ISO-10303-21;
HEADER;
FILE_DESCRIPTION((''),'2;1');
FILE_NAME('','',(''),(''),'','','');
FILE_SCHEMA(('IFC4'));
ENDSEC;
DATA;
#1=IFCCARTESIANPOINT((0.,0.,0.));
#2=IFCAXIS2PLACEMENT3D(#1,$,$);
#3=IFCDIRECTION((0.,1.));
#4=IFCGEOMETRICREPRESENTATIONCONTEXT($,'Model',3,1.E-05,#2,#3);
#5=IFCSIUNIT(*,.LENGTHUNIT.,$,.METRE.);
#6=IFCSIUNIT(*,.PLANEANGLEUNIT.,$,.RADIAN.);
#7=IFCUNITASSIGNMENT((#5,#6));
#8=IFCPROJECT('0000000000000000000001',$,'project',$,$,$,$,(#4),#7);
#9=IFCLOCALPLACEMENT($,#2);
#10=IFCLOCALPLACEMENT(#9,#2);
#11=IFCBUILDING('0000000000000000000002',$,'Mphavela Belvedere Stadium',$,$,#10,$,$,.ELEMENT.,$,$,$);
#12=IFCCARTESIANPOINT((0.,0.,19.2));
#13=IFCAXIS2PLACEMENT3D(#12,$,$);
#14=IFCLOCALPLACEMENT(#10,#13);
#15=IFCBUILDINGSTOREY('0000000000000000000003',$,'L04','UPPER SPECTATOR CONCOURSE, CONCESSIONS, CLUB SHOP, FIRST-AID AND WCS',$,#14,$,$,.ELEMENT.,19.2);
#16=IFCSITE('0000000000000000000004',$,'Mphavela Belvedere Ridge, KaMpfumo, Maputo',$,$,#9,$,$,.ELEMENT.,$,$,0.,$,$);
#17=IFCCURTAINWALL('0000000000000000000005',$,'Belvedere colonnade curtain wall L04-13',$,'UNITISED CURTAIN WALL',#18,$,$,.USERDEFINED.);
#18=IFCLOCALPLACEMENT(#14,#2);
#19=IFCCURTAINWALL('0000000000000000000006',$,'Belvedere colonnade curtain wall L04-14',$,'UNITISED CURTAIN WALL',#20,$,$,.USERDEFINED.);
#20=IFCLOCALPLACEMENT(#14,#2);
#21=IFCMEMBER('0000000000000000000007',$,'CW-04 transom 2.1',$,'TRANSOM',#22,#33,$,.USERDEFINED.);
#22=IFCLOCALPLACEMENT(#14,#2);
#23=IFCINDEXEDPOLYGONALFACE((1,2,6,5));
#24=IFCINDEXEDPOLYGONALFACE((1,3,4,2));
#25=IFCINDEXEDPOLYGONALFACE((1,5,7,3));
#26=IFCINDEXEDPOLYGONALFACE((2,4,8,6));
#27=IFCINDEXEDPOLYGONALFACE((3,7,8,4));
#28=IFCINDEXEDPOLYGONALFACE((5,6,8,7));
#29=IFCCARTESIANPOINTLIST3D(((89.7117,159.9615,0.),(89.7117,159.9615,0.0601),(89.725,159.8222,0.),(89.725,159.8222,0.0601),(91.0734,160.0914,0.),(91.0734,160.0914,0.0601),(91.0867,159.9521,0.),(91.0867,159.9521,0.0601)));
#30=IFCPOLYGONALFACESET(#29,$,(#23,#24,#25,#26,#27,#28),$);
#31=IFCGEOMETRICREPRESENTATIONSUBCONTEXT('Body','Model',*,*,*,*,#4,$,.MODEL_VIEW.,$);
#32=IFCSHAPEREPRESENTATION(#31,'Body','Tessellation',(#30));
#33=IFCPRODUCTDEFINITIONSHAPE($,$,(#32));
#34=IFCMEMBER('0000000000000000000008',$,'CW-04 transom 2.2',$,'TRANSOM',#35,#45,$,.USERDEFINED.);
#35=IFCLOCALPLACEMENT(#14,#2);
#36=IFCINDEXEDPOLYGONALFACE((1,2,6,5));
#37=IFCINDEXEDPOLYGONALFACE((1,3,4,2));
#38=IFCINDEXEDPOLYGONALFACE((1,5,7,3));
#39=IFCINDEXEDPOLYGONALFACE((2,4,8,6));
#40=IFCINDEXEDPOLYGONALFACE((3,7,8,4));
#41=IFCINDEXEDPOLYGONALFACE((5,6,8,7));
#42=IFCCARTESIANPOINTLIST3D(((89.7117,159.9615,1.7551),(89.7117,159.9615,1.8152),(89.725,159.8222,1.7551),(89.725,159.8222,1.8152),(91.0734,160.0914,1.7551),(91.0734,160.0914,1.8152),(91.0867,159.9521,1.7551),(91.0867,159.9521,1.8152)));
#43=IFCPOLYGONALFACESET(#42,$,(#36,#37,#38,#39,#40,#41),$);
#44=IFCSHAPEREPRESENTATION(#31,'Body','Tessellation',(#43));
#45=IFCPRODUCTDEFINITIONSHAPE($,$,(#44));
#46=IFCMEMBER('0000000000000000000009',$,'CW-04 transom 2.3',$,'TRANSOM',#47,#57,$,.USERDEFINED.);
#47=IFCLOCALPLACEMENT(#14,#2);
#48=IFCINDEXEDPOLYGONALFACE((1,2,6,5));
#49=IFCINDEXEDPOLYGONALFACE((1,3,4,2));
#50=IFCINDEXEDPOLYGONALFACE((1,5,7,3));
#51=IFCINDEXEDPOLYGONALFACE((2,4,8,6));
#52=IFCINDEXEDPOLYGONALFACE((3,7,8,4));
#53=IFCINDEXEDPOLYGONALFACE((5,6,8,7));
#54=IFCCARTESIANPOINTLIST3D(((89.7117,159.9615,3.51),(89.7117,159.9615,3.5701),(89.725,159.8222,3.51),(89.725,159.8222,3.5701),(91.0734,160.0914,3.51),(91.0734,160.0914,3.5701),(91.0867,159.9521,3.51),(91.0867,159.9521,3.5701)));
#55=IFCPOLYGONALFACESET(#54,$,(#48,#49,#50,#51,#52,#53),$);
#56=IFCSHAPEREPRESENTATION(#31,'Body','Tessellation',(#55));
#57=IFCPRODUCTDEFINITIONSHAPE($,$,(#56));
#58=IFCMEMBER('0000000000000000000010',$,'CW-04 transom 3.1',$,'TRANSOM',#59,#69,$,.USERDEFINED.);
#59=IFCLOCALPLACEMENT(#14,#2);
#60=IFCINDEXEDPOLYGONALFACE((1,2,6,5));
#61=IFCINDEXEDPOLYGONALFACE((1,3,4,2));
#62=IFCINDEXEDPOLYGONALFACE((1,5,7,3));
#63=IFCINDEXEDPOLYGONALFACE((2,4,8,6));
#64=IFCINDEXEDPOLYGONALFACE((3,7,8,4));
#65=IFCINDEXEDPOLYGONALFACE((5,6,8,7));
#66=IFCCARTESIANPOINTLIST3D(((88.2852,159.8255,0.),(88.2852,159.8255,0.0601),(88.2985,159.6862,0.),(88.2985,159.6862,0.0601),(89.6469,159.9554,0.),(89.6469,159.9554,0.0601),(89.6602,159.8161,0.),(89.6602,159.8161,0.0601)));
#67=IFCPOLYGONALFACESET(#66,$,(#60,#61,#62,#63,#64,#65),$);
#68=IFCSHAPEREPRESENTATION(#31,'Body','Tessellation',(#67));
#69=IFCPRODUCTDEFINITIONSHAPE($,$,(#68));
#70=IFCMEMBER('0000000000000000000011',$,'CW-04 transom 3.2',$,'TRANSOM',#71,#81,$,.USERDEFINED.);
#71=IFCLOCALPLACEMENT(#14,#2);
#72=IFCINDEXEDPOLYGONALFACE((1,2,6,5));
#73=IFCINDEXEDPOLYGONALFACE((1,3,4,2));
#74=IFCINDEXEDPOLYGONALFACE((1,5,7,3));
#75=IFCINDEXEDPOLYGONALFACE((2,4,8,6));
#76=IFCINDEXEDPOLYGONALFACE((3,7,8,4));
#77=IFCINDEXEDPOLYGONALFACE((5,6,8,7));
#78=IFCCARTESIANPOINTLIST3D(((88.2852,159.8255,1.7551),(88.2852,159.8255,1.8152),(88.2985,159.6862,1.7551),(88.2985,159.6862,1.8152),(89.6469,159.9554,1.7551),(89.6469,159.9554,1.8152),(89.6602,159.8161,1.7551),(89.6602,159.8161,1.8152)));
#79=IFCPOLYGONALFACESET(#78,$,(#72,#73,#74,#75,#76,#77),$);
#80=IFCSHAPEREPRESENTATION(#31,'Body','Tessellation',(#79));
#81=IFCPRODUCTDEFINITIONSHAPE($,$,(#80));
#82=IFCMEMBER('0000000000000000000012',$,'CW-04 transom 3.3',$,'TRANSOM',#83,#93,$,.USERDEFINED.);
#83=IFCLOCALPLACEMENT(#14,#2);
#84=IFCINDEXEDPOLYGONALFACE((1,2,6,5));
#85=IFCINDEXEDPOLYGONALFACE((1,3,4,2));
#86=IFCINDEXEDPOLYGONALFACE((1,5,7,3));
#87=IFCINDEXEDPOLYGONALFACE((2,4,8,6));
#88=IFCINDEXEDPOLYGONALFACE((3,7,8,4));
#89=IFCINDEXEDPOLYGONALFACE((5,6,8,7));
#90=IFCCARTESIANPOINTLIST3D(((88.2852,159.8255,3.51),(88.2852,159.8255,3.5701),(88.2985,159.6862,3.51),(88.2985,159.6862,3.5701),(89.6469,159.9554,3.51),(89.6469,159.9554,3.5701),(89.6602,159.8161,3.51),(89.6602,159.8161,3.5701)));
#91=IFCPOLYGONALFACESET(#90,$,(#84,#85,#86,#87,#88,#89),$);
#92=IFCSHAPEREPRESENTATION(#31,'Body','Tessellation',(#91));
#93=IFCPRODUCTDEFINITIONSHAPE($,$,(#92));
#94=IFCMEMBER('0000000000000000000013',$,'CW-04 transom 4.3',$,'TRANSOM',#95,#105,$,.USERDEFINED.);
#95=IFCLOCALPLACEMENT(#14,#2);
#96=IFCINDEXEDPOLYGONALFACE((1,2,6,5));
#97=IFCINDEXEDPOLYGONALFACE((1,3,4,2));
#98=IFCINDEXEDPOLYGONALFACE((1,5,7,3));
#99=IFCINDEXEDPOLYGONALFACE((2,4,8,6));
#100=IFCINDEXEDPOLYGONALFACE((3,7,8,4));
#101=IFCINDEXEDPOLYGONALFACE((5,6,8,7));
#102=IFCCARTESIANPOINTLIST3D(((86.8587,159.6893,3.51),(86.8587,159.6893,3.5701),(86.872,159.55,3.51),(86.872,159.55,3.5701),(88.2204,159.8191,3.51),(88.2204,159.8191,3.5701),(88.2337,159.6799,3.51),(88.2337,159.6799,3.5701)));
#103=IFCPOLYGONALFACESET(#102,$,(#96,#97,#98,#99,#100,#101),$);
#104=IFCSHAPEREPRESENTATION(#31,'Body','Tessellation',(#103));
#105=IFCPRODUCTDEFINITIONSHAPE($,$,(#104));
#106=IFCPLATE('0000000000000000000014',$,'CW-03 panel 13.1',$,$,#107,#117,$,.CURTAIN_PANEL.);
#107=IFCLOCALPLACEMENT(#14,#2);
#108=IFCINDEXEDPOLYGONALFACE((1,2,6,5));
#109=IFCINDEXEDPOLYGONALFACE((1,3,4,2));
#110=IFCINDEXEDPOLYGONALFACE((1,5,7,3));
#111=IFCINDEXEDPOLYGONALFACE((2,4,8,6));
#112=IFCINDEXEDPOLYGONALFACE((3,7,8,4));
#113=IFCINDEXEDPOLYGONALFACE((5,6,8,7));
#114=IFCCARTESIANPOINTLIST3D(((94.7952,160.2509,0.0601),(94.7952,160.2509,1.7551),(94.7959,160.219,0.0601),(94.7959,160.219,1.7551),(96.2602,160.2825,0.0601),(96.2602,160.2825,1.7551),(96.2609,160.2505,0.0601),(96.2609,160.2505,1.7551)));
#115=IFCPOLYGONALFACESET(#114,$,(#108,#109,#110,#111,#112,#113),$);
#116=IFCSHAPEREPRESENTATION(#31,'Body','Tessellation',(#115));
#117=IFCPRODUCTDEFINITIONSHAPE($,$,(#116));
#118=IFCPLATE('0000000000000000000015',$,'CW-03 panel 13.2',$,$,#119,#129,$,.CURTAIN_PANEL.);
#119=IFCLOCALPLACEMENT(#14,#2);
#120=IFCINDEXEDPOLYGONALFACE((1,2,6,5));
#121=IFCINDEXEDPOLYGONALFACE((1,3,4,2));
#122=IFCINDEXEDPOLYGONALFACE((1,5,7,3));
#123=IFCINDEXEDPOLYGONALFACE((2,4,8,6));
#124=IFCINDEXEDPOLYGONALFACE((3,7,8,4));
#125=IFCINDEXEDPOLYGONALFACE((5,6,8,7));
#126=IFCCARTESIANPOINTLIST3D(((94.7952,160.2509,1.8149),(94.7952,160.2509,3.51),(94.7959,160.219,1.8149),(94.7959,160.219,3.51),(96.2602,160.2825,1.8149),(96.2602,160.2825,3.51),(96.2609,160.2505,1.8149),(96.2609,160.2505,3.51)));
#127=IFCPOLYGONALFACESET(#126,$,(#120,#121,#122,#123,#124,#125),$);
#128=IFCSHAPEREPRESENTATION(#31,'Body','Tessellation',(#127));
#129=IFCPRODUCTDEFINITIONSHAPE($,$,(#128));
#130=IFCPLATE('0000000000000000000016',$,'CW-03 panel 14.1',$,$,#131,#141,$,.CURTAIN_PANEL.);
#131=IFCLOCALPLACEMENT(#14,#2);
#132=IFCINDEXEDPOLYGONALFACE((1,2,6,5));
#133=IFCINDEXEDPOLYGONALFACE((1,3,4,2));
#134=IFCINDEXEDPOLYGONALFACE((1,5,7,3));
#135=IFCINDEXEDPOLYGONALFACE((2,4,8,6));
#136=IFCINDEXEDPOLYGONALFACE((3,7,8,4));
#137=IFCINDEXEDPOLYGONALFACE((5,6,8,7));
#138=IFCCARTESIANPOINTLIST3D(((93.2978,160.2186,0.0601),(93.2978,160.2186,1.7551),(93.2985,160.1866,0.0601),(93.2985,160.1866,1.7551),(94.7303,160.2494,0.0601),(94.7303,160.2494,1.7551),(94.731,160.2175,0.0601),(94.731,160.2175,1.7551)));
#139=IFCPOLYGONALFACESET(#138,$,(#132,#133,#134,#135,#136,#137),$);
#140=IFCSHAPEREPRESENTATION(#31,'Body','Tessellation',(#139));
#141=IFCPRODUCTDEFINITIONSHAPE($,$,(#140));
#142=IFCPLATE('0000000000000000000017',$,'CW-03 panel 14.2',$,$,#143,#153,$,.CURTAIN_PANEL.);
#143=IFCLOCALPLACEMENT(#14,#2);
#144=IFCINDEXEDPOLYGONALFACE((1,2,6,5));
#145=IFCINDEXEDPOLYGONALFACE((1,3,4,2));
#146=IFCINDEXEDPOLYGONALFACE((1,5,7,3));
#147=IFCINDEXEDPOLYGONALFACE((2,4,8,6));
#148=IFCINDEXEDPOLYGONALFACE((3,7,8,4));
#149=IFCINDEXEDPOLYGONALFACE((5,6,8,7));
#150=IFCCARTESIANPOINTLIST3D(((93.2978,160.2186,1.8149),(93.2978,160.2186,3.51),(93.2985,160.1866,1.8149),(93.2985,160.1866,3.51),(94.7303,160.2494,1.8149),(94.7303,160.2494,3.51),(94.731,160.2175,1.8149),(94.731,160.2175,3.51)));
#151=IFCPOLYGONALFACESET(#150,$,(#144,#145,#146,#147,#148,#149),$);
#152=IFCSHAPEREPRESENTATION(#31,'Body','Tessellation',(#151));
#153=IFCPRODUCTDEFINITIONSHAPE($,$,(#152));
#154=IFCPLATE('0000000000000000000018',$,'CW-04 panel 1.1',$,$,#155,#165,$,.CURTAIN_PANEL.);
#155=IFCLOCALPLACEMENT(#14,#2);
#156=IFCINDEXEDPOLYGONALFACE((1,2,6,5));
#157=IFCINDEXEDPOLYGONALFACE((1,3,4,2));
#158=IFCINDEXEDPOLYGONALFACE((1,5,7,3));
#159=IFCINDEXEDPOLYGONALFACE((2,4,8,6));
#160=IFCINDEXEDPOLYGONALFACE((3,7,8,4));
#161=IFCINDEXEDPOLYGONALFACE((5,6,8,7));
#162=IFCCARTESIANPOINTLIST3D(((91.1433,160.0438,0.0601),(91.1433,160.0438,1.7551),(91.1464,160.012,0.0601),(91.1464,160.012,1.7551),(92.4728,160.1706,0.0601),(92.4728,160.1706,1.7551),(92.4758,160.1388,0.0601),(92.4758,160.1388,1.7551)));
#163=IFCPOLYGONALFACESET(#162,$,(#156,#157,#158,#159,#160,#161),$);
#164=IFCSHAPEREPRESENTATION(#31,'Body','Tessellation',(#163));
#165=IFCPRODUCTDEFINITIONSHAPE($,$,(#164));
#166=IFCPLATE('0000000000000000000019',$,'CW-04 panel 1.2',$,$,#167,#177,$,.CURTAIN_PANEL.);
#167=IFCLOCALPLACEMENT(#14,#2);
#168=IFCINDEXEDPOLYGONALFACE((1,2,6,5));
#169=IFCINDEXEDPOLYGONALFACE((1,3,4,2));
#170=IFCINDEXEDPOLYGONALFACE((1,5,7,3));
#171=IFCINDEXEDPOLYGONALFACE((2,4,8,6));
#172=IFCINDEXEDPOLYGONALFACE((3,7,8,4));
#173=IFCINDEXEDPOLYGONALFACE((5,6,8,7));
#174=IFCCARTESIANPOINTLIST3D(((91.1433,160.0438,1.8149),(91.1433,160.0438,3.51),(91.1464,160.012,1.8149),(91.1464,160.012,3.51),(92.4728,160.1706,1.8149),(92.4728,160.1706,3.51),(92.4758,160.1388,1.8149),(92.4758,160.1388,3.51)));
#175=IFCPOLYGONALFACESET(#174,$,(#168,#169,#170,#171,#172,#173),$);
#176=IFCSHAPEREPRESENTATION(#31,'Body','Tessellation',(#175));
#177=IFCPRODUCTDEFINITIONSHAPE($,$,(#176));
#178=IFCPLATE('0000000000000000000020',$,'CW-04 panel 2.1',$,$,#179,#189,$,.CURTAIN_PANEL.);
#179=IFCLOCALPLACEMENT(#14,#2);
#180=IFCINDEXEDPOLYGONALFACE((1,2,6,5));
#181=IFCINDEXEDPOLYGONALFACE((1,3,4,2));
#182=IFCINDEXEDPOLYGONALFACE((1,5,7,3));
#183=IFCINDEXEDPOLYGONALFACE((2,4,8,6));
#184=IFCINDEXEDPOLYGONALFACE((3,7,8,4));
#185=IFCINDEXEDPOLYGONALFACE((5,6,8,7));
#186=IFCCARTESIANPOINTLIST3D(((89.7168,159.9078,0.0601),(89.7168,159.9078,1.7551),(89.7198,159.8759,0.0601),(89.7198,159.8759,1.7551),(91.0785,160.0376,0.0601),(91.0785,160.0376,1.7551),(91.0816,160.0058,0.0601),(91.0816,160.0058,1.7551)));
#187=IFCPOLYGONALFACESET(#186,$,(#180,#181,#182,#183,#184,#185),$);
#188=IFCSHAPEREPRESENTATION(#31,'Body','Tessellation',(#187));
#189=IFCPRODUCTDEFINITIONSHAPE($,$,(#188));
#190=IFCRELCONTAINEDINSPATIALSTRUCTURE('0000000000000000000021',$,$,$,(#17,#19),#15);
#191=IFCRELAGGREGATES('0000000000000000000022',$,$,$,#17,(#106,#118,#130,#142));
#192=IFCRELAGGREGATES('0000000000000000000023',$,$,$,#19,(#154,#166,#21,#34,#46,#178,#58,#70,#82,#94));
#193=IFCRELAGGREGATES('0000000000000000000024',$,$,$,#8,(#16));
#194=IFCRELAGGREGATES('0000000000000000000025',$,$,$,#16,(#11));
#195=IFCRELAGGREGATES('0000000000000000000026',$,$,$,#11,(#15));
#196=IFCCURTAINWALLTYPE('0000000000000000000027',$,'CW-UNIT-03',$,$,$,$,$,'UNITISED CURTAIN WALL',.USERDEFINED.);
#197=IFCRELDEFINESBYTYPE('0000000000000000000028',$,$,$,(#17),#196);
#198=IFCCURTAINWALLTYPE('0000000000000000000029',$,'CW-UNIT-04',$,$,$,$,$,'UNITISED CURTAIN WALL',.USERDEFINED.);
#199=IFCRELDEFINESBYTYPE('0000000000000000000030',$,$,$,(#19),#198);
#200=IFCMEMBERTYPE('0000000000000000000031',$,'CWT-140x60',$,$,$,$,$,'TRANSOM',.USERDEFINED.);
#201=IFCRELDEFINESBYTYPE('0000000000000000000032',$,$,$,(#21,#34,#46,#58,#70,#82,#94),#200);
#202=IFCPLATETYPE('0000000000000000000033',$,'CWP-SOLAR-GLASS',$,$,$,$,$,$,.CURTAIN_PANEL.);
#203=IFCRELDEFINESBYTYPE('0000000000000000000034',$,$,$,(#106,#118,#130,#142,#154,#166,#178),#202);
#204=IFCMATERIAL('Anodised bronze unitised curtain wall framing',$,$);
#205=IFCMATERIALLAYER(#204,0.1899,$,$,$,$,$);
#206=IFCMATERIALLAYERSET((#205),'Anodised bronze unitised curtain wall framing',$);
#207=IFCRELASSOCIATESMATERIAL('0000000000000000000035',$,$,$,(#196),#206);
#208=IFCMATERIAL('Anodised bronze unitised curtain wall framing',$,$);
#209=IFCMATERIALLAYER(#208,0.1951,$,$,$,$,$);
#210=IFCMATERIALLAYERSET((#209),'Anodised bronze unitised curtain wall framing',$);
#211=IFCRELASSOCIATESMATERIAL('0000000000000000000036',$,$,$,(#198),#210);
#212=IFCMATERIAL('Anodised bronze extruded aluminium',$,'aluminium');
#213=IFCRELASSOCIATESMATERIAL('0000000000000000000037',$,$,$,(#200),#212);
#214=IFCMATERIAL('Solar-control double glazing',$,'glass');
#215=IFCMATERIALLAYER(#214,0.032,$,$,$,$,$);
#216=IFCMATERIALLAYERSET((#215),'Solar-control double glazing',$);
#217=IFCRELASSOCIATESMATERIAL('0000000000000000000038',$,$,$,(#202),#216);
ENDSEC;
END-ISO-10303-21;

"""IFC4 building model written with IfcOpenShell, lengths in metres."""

from ifc_helpers import new_model, si_unit, direction, frame, origin, origin_2d, place, context, subcontext, project, spatial, rectangle, extrude, material, layer, layer_set, material_profile, profile_set, type_object, element, aggregate, save


model = new_model("IFC4")

# Units and contexts
model_context = context("Model", 3, precision=1e-05, world=origin(), true_north=direction((0.0, 1.0)))
body_context = subcontext(model_context, "Body", "Model", "MODEL_VIEW")
ifc_project = project(units=[si_unit("LENGTHUNIT", "METRE"), si_unit("PLANEANGLEUNIT", "RADIAN")], contexts=[model_context])

# Site, building, storey
site_placement = place(None, origin())
site = spatial("IfcSite", under=ifc_project, at=site_placement, Name="Mphavela Belvedere Ridge, KaMpfumo, Maputo", CompositionType="ELEMENT", RefElevation=0.0)
building_placement = place(site_placement, origin())
building = spatial("IfcBuilding", under=site, at=building_placement, Name="Mphavela Belvedere Stadium", CompositionType="ELEMENT")
storey_placement = place(building_placement, frame((0.0, 0.0, 19.2)))
storey = spatial("IfcBuildingStorey", under=building, at=storey_placement, Name="L04", Description="UPPER SPECTATOR CONCOURSE, CONCESSIONS, CLUB SHOP, FIRST-AID AND WCS", CompositionType="ELEMENT", Elevation=19.2)

# Curtain walls
ifc_material_1 = material(Name="Anodised bronze unitised curtain wall framing")
ifc_layer_1 = layer(ifc_material_1, 0.1899)
ifc_layer_set_1 = layer_set([ifc_layer_1], Name="Anodised bronze unitised curtain wall framing")
curtain_wall_type_1 = type_object("IfcCurtainWallType", Name="CW-UNIT-03", ElementType="UNITISED CURTAIN WALL", PredefinedType="USERDEFINED", material=ifc_layer_set_1)
curtain_wall_1_placement = place(storey_placement, origin())
curtain_wall_1 = element("IfcCurtainWall", 1, at=curtain_wall_1_placement, inside=storey, type_object=curtain_wall_type_1, Name="Belvedere colonnade curtain wall L04-13", ObjectType="UNITISED CURTAIN WALL", PredefinedType="USERDEFINED")
ifc_material_2 = material(Name="Anodised bronze unitised curtain wall framing")
ifc_layer_2 = layer(ifc_material_2, 0.1951)
ifc_layer_set_2 = layer_set([ifc_layer_2], Name="Anodised bronze unitised curtain wall framing")
curtain_wall_type_2 = type_object("IfcCurtainWallType", Name="CW-UNIT-04", ElementType="UNITISED CURTAIN WALL", PredefinedType="USERDEFINED", material=ifc_layer_set_2)
curtain_wall_2_placement = place(storey_placement, origin())
curtain_wall_2 = element("IfcCurtainWall", 2, at=curtain_wall_2_placement, inside=storey, type_object=curtain_wall_type_2, Name="Belvedere colonnade curtain wall L04-14", ObjectType="UNITISED CURTAIN WALL", PredefinedType="USERDEFINED")

# Members
ifc_material_3 = material(Name="Anodised bronze extruded aluminium", Category="aluminium")
ifc_material_profile_1 = material_profile(ifc_material_3, rectangle(XDim=0.1399, YDim=0.0601, at=origin_2d()), Name="CW-TRN 140x60")
ifc_profile_set_1 = profile_set([ifc_material_profile_1], Name="Anodised bronze extruded aluminium")
member_type_1 = type_object("IfcMemberType", Name="CWT-140x60", ElementType="TRANSOM", PredefinedType="USERDEFINED", material=ifc_profile_set_1)
member_1_placement = place(storey_placement, frame((91.0801, 160.0217, 0.03), z_axis=(-0.995483, -0.094944, 0.0), x_axis=(0.094944, -0.995483, 0.0)))
member_1 = element("IfcMember", 3, at=member_1_placement, type_object=member_type_1, Name="CW-04 transom 2.1", ObjectType="TRANSOM", PredefinedType="USERDEFINED", context=body_context, shape_type="SweptSolid", body=[
    extrude(rectangle(XDim=0.1399, YDim=0.0601, at=origin_2d()), origin(), (0.0, 0.0, 1.0), 1.3679),
])
member_2_placement = place(storey_placement, frame((91.0801, 160.0217, 1.7852), z_axis=(-0.995483, -0.094944, 0.0), x_axis=(0.094944, -0.995483, 0.0)))
member_2 = element("IfcMember", 4, at=member_2_placement, type_object=member_type_1, Name="CW-04 transom 2.2", ObjectType="TRANSOM", PredefinedType="USERDEFINED", context=body_context, shape_type="SweptSolid", body=[
    extrude(rectangle(XDim=0.1399, YDim=0.0601, at=origin_2d()), origin(), (0.0, 0.0, 1.0), 1.3679),
])
member_3_placement = place(storey_placement, frame((91.0801, 160.0217, 3.54), z_axis=(-0.995483, -0.094944, 0.0), x_axis=(0.094944, -0.995483, 0.0)))
member_3 = element("IfcMember", 5, at=member_3_placement, type_object=member_type_1, Name="CW-04 transom 2.3", ObjectType="TRANSOM", PredefinedType="USERDEFINED", context=body_context, shape_type="SweptSolid", body=[
    extrude(rectangle(XDim=0.1399, YDim=0.0601, at=origin_2d()), origin(), (0.0, 0.0, 1.0), 1.3679),
])
member_4_placement = place(storey_placement, frame((89.6536, 159.8857, 0.03), z_axis=(-0.995483, -0.094944, 0.0), x_axis=(0.094944, -0.995483, 0.0)))
member_4 = element("IfcMember", 6, at=member_4_placement, type_object=member_type_1, Name="CW-04 transom 3.1", ObjectType="TRANSOM", PredefinedType="USERDEFINED", context=body_context, shape_type="SweptSolid", body=[
    extrude(rectangle(XDim=0.1399, YDim=0.0601, at=origin_2d()), origin(), (0.0, 0.0, 1.0), 1.3679),
])
member_5_placement = place(storey_placement, frame((89.6536, 159.8857, 1.7852), z_axis=(-0.995483, -0.094944, 0.0), x_axis=(0.094944, -0.995483, 0.0)))
member_5 = element("IfcMember", 7, at=member_5_placement, type_object=member_type_1, Name="CW-04 transom 3.2", ObjectType="TRANSOM", PredefinedType="USERDEFINED", context=body_context, shape_type="SweptSolid", body=[
    extrude(rectangle(XDim=0.1399, YDim=0.0601, at=origin_2d()), origin(), (0.0, 0.0, 1.0), 1.3679),
])
member_6_placement = place(storey_placement, frame((89.6536, 159.8857, 3.54), z_axis=(-0.995483, -0.094944, 0.0), x_axis=(0.094944, -0.995483, 0.0)))
member_6 = element("IfcMember", 8, at=member_6_placement, type_object=member_type_1, Name="CW-04 transom 3.3", ObjectType="TRANSOM", PredefinedType="USERDEFINED", context=body_context, shape_type="SweptSolid", body=[
    extrude(rectangle(XDim=0.1399, YDim=0.0601, at=origin_2d()), origin(), (0.0, 0.0, 1.0), 1.3679),
])
member_7_placement = place(storey_placement, frame((88.2271, 159.7495, 3.54), z_axis=(-0.995483, -0.094944, 0.0), x_axis=(0.094944, -0.995483, 0.0)))
member_7 = element("IfcMember", 9, at=member_7_placement, type_object=member_type_1, Name="CW-04 transom 4.3", ObjectType="TRANSOM", PredefinedType="USERDEFINED", context=body_context, shape_type="SweptSolid", body=[
    extrude(rectangle(XDim=0.1399, YDim=0.0601, at=origin_2d()), origin(), (0.0, 0.0, 1.0), 1.3679),
])

# Plates
ifc_material_4 = material(Name="Solar-control double glazing", Category="glass")
ifc_layer_3 = layer(ifc_material_4, 0.032)
ifc_layer_set_3 = layer_set([ifc_layer_3], Name="Solar-control double glazing")
plate_type = type_object("IfcPlateType", Name="CWP-SOLAR-GLASS", PredefinedType="CURTAIN_PANEL", material=ifc_layer_set_3)
plate_1_placement = place(storey_placement, frame((95.5281, 160.2507, 0.0601), z_axis=(0.0, 0.0, 1.0), x_axis=(-0.999768, -0.021527, 0.0)))
plate_1 = element("IfcPlate", 10, at=plate_1_placement, type_object=plate_type, Name="CW-03 panel 13.1", PredefinedType="CURTAIN_PANEL", context=body_context, shape_type="SweptSolid", body=[
    extrude(rectangle(XDim=1.4653, YDim=0.032, at=origin_2d()), origin(), (0.0, 0.0, 1.0), 1.6951),
])
plate_2_placement = place(storey_placement, frame((95.5281, 160.2507, 1.8149), z_axis=(0.0, 0.0, 1.0), x_axis=(-0.999768, -0.021527, 0.0)))
plate_2 = element("IfcPlate", 11, at=plate_2_placement, type_object=plate_type, Name="CW-03 panel 13.2", PredefinedType="CURTAIN_PANEL", context=body_context, shape_type="SweptSolid", body=[
    extrude(rectangle(XDim=1.4653, YDim=0.032, at=origin_2d()), origin(), (0.0, 0.0, 1.0), 1.6951),
])
plate_3_placement = place(storey_placement, frame((94.0144, 160.218, 0.0601), z_axis=(0.0, 0.0, 1.0), x_axis=(-0.999768, -0.021527, 0.0)))
plate_3 = element("IfcPlate", 12, at=plate_3_placement, type_object=plate_type, Name="CW-03 panel 14.1", PredefinedType="CURTAIN_PANEL", context=body_context, shape_type="SweptSolid", body=[
    extrude(rectangle(XDim=1.4329, YDim=0.032, at=origin_2d()), origin(), (0.0, 0.0, 1.0), 1.6951),
])
plate_4_placement = place(storey_placement, frame((94.0144, 160.218, 1.8149), z_axis=(0.0, 0.0, 1.0), x_axis=(-0.999768, -0.021527, 0.0)))
plate_4 = element("IfcPlate", 13, at=plate_4_placement, type_object=plate_type, Name="CW-03 panel 14.2", PredefinedType="CURTAIN_PANEL", context=body_context, shape_type="SweptSolid", body=[
    extrude(rectangle(XDim=1.4329, YDim=0.032, at=origin_2d()), origin(), (0.0, 0.0, 1.0), 1.6951),
])
aggregate(curtain_wall_1, [plate_1, plate_2, plate_3, plate_4])
plate_5_placement = place(storey_placement, frame((91.8096, 160.0913, 0.0601), z_axis=(0.0, 0.0, 1.0), x_axis=(-0.995484, -0.094933, 0.0)))
plate_5 = element("IfcPlate", 14, at=plate_5_placement, type_object=plate_type, Name="CW-04 panel 1.1", PredefinedType="CURTAIN_PANEL", context=body_context, shape_type="SweptSolid", body=[
    extrude(rectangle(XDim=1.3354, YDim=0.032, at=origin_2d()), origin(), (0.0, 0.0, 1.0), 1.6951),
])
plate_6_placement = place(storey_placement, frame((91.8096, 160.0913, 1.8149), z_axis=(0.0, 0.0, 1.0), x_axis=(-0.995484, -0.094933, 0.0)))
plate_6 = element("IfcPlate", 15, at=plate_6_placement, type_object=plate_type, Name="CW-04 panel 1.2", PredefinedType="CURTAIN_PANEL", context=body_context, shape_type="SweptSolid", body=[
    extrude(rectangle(XDim=1.3354, YDim=0.032, at=origin_2d()), origin(), (0.0, 0.0, 1.0), 1.6951),
])
plate_7_placement = place(storey_placement, frame((90.3992, 159.9568, 0.0601), z_axis=(0.0, 0.0, 1.0), x_axis=(-0.995484, -0.094933, 0.0)))
plate_7 = element("IfcPlate", 16, at=plate_7_placement, type_object=plate_type, Name="CW-04 panel 2.1", PredefinedType="CURTAIN_PANEL", context=body_context, shape_type="SweptSolid", body=[
    extrude(rectangle(XDim=1.3679, YDim=0.032, at=origin_2d()), origin(), (0.0, 0.0, 1.0), 1.6951),
])
aggregate(curtain_wall_2, [plate_5, plate_6, member_1, member_2, member_3, plate_7, member_4, member_5, member_6, member_7])

save(model, "model.ifc")
